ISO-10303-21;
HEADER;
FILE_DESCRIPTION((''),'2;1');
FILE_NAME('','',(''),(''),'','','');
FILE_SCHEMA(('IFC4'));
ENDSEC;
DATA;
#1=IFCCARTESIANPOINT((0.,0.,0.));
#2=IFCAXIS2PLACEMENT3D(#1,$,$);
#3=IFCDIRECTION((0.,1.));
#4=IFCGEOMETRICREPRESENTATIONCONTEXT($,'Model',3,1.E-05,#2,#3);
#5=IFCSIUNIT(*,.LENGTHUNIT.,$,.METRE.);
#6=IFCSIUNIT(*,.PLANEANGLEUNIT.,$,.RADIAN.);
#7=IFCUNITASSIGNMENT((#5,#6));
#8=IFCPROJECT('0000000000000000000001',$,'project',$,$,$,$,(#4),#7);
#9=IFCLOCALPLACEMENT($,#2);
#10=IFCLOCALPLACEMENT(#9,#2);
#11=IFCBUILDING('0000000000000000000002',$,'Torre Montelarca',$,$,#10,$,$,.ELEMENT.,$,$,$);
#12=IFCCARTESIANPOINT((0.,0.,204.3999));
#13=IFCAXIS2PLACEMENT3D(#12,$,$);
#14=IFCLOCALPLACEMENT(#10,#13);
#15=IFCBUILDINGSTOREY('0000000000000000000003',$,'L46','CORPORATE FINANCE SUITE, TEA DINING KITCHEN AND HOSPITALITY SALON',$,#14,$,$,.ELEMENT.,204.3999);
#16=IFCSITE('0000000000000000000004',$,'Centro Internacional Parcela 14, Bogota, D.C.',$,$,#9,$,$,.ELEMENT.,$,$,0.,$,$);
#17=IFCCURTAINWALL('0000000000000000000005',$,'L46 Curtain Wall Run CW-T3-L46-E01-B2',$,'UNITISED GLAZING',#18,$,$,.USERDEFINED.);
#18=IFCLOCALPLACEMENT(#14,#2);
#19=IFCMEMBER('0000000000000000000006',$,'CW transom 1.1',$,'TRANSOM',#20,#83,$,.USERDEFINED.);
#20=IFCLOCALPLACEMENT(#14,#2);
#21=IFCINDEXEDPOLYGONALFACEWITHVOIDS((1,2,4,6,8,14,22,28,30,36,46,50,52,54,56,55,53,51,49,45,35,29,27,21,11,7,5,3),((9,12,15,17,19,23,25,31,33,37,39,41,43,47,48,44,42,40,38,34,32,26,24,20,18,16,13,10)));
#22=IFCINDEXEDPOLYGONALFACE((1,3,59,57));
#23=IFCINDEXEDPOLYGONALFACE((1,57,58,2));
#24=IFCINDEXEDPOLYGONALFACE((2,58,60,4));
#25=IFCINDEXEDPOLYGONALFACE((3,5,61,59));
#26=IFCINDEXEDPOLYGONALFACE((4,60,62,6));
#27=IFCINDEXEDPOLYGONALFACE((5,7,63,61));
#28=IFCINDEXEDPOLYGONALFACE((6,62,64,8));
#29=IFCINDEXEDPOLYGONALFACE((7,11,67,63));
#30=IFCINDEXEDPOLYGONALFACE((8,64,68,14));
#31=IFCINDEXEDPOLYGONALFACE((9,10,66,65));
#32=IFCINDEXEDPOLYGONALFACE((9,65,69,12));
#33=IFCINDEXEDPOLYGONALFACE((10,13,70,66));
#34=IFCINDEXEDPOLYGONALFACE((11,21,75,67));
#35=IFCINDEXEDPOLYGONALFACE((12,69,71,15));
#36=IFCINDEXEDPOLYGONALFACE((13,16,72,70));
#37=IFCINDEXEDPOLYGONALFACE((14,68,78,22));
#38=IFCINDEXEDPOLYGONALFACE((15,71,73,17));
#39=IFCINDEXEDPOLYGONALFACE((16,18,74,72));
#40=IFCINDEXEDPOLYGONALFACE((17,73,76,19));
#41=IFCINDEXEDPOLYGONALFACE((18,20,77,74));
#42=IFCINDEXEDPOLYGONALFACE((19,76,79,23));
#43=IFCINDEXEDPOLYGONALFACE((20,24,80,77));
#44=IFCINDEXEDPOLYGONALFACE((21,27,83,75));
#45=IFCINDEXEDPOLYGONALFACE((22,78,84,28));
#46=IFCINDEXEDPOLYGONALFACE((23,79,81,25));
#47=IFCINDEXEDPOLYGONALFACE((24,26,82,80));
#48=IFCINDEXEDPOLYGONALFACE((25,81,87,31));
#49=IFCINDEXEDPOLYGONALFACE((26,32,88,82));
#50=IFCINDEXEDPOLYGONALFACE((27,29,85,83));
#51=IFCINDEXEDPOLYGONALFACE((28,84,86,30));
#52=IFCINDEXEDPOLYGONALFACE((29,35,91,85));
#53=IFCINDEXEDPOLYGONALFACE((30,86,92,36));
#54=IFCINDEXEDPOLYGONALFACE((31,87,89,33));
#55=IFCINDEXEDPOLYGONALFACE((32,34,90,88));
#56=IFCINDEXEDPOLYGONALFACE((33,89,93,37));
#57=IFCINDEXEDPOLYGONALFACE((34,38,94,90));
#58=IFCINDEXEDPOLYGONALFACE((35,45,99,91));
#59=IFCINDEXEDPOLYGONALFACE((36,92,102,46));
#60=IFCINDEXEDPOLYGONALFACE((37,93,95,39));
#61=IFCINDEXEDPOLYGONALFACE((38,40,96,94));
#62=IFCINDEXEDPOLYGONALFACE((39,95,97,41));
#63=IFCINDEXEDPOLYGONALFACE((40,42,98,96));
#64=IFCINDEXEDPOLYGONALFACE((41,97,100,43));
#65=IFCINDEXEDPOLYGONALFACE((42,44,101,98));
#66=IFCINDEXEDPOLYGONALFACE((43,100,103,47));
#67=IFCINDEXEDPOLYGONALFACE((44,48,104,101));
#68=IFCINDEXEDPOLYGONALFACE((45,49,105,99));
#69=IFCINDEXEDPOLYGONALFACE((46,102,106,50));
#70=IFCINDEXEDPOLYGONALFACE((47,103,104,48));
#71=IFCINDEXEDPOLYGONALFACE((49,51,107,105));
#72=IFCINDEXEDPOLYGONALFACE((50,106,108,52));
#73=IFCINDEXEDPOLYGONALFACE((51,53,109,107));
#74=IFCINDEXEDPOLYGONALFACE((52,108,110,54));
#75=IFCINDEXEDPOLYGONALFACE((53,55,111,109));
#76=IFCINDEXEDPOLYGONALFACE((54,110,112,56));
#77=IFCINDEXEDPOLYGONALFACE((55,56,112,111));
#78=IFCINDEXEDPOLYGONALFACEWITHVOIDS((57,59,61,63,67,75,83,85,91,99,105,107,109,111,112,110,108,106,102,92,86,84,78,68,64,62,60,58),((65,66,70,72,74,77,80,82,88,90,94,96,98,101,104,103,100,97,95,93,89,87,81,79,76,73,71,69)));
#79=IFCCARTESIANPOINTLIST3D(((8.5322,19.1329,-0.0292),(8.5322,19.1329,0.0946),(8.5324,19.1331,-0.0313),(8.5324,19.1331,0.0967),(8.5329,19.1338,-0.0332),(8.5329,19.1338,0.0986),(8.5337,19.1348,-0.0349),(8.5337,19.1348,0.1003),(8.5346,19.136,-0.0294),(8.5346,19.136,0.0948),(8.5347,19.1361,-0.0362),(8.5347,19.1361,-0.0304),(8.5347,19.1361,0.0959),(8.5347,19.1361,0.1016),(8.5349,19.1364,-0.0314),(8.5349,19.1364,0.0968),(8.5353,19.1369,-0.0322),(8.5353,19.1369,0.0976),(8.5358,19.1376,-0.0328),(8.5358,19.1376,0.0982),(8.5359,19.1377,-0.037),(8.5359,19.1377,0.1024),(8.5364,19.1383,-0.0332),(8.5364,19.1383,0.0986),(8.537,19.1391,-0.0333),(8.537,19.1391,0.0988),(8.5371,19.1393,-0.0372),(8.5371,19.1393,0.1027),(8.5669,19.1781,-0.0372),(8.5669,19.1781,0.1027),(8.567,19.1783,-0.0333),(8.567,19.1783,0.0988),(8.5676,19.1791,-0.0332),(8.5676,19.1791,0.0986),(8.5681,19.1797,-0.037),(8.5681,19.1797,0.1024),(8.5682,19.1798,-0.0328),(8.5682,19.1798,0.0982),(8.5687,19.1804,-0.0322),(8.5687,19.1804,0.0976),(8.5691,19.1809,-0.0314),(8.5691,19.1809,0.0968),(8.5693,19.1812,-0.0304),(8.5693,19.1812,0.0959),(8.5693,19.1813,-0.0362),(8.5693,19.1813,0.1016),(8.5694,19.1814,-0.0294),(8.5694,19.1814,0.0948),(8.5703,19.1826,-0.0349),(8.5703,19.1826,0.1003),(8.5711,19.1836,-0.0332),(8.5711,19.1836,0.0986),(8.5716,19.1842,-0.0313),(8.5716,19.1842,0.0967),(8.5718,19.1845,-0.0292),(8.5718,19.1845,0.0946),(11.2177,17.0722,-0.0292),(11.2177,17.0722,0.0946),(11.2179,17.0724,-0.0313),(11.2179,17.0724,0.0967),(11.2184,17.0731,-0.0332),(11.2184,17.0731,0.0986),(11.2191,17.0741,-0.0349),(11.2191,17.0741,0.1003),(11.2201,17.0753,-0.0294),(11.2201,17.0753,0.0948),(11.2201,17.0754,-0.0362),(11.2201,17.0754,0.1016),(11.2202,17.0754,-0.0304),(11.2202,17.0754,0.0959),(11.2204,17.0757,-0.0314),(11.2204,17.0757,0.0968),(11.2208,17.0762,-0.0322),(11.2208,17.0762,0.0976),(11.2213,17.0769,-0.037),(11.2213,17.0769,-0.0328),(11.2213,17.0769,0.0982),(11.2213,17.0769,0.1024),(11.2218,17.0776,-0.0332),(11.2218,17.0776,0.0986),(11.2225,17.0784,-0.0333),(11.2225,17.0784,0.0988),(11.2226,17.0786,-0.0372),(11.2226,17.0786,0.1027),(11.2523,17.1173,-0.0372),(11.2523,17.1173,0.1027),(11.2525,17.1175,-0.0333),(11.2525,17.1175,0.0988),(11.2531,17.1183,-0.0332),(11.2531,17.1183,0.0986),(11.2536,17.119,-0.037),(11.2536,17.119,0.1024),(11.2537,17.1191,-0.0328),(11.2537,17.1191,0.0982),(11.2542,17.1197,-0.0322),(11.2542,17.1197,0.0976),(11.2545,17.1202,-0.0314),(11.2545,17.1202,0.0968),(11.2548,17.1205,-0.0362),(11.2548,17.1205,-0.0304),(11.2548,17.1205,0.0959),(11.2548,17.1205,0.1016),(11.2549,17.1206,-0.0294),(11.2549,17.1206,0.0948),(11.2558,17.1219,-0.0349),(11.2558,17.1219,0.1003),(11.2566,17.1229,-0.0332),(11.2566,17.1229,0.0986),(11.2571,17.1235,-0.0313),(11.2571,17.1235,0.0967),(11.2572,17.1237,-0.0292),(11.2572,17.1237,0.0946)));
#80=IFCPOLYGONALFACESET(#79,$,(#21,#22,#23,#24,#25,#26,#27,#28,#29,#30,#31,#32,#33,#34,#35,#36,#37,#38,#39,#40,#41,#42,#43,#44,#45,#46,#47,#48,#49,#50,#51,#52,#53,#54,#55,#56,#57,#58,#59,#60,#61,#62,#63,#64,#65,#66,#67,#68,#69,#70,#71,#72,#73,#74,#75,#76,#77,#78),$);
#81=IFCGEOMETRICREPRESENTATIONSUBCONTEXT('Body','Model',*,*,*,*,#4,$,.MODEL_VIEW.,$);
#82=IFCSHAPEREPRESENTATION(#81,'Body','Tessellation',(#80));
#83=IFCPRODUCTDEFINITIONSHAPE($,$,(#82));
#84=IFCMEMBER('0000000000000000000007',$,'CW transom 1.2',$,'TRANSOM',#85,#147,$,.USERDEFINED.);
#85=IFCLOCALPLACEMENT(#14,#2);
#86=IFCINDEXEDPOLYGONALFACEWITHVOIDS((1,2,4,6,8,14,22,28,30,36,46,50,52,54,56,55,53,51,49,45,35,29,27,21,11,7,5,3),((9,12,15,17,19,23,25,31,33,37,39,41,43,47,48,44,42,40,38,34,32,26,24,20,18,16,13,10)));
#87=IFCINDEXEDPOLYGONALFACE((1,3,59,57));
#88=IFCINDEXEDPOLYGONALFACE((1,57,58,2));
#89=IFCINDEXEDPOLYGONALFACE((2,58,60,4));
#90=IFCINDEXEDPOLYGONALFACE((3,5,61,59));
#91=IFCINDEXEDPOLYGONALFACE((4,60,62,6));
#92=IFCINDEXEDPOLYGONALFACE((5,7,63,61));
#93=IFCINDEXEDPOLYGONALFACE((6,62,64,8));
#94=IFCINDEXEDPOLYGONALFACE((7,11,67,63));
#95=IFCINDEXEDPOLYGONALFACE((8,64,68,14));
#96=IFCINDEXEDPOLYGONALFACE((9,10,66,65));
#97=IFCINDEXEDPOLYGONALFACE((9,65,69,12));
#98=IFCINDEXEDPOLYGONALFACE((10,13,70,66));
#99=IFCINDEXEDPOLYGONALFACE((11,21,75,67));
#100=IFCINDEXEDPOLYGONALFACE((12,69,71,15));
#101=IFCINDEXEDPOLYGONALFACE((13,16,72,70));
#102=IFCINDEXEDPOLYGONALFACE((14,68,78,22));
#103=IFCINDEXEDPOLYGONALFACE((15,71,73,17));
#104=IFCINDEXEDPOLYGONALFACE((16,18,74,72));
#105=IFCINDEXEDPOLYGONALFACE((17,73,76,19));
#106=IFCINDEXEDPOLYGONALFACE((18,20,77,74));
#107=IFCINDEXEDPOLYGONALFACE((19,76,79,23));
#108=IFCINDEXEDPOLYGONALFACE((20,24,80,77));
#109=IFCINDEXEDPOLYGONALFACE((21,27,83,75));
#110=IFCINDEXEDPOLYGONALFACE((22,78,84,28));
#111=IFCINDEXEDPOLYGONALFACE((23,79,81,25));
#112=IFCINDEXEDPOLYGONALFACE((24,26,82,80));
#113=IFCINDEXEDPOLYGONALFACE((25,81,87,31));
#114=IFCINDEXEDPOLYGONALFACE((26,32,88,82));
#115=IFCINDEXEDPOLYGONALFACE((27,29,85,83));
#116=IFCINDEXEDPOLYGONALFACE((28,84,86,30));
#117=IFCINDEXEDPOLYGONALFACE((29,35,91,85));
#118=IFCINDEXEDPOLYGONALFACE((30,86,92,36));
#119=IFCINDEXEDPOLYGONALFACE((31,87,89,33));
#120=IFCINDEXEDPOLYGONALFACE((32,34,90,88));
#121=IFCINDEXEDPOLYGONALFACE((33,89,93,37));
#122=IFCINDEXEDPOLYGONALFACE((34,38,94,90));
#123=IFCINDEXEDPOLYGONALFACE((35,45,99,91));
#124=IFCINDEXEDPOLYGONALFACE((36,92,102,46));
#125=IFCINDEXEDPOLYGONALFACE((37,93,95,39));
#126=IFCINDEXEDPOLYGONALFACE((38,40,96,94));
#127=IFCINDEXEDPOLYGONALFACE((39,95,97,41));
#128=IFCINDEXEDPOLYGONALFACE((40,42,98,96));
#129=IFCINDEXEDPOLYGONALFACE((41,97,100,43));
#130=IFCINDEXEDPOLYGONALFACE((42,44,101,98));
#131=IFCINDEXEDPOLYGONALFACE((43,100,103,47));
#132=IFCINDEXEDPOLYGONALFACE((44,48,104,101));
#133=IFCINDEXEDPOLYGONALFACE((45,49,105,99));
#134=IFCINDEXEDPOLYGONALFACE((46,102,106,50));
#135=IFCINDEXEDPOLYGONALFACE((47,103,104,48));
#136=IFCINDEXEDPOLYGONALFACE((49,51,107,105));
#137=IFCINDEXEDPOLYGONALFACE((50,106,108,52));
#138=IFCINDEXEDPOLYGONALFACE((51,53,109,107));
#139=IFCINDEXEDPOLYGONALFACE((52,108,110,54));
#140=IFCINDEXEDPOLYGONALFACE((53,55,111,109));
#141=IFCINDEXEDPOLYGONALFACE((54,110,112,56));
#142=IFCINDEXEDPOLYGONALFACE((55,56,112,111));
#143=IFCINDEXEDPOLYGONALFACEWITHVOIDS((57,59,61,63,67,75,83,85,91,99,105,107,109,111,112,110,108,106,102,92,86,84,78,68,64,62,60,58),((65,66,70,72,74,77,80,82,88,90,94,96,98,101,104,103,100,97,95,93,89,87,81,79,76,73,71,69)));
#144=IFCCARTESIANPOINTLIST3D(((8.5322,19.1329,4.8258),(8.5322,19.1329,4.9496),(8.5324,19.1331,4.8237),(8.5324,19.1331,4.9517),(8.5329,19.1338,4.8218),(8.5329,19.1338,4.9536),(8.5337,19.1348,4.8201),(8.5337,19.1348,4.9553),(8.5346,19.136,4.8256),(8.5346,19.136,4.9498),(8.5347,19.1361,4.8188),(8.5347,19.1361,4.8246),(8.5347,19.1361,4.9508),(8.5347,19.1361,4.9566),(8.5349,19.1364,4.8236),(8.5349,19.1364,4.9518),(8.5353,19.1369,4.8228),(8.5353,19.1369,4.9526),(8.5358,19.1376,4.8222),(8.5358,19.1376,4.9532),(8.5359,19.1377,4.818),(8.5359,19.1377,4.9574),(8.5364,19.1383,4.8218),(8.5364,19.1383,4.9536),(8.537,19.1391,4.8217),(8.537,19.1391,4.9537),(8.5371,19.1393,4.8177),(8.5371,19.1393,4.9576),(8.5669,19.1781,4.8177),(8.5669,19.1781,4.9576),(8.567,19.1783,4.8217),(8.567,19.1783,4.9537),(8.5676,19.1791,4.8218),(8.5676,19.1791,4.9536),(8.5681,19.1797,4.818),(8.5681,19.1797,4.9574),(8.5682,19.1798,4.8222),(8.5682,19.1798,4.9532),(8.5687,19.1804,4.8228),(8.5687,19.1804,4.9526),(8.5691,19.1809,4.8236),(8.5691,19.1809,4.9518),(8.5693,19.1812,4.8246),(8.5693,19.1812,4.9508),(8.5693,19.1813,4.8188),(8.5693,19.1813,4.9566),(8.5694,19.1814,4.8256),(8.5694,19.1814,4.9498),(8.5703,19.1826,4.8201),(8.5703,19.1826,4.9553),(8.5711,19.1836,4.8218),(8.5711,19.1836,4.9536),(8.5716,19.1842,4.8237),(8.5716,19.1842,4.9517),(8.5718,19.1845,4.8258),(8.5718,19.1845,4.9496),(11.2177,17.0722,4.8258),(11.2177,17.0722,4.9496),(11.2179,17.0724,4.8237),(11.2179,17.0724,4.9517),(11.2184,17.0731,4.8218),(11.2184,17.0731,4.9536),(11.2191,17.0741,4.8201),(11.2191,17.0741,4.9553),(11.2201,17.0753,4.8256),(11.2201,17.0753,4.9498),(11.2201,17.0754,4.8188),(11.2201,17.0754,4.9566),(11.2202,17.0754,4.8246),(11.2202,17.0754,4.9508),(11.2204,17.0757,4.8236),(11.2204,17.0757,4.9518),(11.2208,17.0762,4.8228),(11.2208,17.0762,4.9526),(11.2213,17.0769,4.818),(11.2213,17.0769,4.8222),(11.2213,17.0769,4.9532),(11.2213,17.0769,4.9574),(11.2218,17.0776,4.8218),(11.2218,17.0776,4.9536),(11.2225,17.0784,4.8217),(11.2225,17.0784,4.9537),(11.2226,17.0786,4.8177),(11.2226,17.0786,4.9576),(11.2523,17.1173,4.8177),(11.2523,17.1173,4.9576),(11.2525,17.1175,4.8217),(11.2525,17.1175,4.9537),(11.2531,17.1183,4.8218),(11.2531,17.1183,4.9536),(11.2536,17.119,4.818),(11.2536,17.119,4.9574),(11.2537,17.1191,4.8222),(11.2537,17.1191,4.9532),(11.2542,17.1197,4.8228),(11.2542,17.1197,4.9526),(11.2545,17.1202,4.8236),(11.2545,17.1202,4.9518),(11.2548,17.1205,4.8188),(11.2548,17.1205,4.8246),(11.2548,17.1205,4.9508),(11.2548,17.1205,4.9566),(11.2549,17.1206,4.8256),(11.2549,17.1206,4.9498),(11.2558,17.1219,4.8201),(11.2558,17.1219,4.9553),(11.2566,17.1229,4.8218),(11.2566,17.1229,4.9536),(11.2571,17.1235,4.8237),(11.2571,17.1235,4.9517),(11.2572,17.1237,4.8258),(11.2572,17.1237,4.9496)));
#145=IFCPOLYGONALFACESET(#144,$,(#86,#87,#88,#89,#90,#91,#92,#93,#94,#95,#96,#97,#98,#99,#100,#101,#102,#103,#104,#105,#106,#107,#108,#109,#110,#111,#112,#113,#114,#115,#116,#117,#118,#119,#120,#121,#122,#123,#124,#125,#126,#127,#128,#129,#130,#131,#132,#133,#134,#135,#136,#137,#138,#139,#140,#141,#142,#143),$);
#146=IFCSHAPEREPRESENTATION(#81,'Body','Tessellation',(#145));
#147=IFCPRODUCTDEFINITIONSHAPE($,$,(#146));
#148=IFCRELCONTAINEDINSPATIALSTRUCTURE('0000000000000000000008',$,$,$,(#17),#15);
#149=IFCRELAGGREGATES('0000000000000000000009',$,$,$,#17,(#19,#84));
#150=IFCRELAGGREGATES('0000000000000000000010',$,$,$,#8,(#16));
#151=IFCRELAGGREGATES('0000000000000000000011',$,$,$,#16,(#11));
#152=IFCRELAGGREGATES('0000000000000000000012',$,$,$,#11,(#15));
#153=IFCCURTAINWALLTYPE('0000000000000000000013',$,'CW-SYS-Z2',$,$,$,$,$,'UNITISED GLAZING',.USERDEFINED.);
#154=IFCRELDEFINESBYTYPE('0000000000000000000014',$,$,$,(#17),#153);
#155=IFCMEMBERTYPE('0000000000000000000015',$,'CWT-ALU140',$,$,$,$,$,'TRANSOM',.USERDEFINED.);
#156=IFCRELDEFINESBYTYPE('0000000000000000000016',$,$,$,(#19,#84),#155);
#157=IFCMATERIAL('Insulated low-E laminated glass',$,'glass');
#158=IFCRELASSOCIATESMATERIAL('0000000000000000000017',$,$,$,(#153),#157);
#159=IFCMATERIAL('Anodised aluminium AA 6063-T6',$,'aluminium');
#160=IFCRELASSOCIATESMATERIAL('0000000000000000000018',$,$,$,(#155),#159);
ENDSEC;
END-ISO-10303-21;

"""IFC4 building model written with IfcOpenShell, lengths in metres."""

from ifc_helpers import new_model, si_unit, direction, frame, origin, origin_2d, place, context, subcontext, project, spatial, hollow_rectangle, extrude, source, transform, mapped, material, material_profile, profile_set, type_object, element, aggregate, save


model = new_model("IFC4")

# Units and contexts
model_context = context("Model", 3, precision=1e-05, world=origin(), true_north=direction((0.0, 1.0)))
body_context = subcontext(model_context, "Body", "Model", "MODEL_VIEW")
ifc_project = project(units=[si_unit("LENGTHUNIT", "METRE"), si_unit("PLANEANGLEUNIT", "RADIAN")], contexts=[model_context])

# Site, building, storey
site_placement = place(None, origin())
site = spatial("IfcSite", under=ifc_project, at=site_placement, Name="Centro Internacional Parcela 14, Bogota, D.C.", CompositionType="ELEMENT", RefElevation=0.0)
building_placement = place(site_placement, origin())
building = spatial("IfcBuilding", under=site, at=building_placement, Name="Torre Montelarca", CompositionType="ELEMENT")
storey_placement = place(building_placement, frame((0.0, 0.0, 204.3999)))
storey = spatial("IfcBuildingStorey", under=building, at=storey_placement, Name="L46", Description="CORPORATE FINANCE SUITE, TEA DINING KITCHEN AND HOSPITALITY SALON", CompositionType="ELEMENT", Elevation=204.3999)

# Shared definitions
ifc_material_1 = material(Name="Insulated low-E laminated glass", Category="glass")
curtain_wall_type = type_object("IfcCurtainWallType", Name="CW-SYS-Z2", ElementType="UNITISED GLAZING", PredefinedType="USERDEFINED", material=ifc_material_1)
ifc_material_2 = material(Name="Anodised aluminium AA 6063-T6", Category="aluminium")
ifc_material_profile_1 = material_profile(ifc_material_2, hollow_rectangle(XDim=0.0649, YDim=0.1399, WallThickness=0.0039, InnerFilletRadius=0.0039, OuterFilletRadius=0.0081, at=origin_2d()), Name="ALU65X140X4", Category="aluminium")
ifc_profile_set_1 = profile_set([ifc_material_profile_1], Name="Anodised aluminium AA 6063-T6")
member_type_1 = type_object("IfcMemberType", Name="CWT-ALU140", ElementType="TRANSOM", PredefinedType="USERDEFINED", material=ifc_profile_set_1)

# Curtain wall
curtain_wall_1_placement = place(storey_placement, origin())
curtain_wall_1 = element("IfcCurtainWall", 1, at=curtain_wall_1_placement, inside=storey, type_object=curtain_wall_type, Name="L46 Curtain Wall Run CW-T3-L46-E01-B2", ObjectType="UNITISED GLAZING", PredefinedType="USERDEFINED")

# Members
shared_shape_1 = source(origin(), body_context, "Body", "SweptSolid", [
    extrude(hollow_rectangle(XDim=0.0649, YDim=0.1399, WallThickness=0.0039, InnerFilletRadius=0.0039, OuterFilletRadius=0.0081, at=origin_2d()), origin(), (0.0, 0.0, 1.0), 3.385),
])
member_1_placement = place(storey_placement, frame((8.552, 19.1587, 0.0327), z_axis=(0.793339, -0.60878, 0.0), x_axis=(0.60878, 0.793339, 0.0)))
member_1 = element("IfcMember", 2, at=member_1_placement, type_object=member_type_1, Name="CW transom 1.1", ObjectType="TRANSOM", PredefinedType="USERDEFINED", context=body_context, shape_type="MappedRepresentation", body=[
    mapped(shared_shape_1, transform((0.0, 0.0, 0.0), scale=1.0)),
])
member_2_placement = place(storey_placement, frame((8.552, 19.1587, 4.8877), z_axis=(0.793339, -0.60878, 0.0), x_axis=(0.60878, 0.793339, 0.0)))
member_2 = element("IfcMember", 3, at=member_2_placement, type_object=member_type_1, Name="CW transom 1.2", ObjectType="TRANSOM", PredefinedType="USERDEFINED", context=body_context, shape_type="MappedRepresentation", body=[
    mapped(shared_shape_1, transform((0.0, 0.0, 0.0), scale=1.0)),
])

aggregate(curtain_wall_1, [member_1, member_2])

save(model, "model.ifc")
